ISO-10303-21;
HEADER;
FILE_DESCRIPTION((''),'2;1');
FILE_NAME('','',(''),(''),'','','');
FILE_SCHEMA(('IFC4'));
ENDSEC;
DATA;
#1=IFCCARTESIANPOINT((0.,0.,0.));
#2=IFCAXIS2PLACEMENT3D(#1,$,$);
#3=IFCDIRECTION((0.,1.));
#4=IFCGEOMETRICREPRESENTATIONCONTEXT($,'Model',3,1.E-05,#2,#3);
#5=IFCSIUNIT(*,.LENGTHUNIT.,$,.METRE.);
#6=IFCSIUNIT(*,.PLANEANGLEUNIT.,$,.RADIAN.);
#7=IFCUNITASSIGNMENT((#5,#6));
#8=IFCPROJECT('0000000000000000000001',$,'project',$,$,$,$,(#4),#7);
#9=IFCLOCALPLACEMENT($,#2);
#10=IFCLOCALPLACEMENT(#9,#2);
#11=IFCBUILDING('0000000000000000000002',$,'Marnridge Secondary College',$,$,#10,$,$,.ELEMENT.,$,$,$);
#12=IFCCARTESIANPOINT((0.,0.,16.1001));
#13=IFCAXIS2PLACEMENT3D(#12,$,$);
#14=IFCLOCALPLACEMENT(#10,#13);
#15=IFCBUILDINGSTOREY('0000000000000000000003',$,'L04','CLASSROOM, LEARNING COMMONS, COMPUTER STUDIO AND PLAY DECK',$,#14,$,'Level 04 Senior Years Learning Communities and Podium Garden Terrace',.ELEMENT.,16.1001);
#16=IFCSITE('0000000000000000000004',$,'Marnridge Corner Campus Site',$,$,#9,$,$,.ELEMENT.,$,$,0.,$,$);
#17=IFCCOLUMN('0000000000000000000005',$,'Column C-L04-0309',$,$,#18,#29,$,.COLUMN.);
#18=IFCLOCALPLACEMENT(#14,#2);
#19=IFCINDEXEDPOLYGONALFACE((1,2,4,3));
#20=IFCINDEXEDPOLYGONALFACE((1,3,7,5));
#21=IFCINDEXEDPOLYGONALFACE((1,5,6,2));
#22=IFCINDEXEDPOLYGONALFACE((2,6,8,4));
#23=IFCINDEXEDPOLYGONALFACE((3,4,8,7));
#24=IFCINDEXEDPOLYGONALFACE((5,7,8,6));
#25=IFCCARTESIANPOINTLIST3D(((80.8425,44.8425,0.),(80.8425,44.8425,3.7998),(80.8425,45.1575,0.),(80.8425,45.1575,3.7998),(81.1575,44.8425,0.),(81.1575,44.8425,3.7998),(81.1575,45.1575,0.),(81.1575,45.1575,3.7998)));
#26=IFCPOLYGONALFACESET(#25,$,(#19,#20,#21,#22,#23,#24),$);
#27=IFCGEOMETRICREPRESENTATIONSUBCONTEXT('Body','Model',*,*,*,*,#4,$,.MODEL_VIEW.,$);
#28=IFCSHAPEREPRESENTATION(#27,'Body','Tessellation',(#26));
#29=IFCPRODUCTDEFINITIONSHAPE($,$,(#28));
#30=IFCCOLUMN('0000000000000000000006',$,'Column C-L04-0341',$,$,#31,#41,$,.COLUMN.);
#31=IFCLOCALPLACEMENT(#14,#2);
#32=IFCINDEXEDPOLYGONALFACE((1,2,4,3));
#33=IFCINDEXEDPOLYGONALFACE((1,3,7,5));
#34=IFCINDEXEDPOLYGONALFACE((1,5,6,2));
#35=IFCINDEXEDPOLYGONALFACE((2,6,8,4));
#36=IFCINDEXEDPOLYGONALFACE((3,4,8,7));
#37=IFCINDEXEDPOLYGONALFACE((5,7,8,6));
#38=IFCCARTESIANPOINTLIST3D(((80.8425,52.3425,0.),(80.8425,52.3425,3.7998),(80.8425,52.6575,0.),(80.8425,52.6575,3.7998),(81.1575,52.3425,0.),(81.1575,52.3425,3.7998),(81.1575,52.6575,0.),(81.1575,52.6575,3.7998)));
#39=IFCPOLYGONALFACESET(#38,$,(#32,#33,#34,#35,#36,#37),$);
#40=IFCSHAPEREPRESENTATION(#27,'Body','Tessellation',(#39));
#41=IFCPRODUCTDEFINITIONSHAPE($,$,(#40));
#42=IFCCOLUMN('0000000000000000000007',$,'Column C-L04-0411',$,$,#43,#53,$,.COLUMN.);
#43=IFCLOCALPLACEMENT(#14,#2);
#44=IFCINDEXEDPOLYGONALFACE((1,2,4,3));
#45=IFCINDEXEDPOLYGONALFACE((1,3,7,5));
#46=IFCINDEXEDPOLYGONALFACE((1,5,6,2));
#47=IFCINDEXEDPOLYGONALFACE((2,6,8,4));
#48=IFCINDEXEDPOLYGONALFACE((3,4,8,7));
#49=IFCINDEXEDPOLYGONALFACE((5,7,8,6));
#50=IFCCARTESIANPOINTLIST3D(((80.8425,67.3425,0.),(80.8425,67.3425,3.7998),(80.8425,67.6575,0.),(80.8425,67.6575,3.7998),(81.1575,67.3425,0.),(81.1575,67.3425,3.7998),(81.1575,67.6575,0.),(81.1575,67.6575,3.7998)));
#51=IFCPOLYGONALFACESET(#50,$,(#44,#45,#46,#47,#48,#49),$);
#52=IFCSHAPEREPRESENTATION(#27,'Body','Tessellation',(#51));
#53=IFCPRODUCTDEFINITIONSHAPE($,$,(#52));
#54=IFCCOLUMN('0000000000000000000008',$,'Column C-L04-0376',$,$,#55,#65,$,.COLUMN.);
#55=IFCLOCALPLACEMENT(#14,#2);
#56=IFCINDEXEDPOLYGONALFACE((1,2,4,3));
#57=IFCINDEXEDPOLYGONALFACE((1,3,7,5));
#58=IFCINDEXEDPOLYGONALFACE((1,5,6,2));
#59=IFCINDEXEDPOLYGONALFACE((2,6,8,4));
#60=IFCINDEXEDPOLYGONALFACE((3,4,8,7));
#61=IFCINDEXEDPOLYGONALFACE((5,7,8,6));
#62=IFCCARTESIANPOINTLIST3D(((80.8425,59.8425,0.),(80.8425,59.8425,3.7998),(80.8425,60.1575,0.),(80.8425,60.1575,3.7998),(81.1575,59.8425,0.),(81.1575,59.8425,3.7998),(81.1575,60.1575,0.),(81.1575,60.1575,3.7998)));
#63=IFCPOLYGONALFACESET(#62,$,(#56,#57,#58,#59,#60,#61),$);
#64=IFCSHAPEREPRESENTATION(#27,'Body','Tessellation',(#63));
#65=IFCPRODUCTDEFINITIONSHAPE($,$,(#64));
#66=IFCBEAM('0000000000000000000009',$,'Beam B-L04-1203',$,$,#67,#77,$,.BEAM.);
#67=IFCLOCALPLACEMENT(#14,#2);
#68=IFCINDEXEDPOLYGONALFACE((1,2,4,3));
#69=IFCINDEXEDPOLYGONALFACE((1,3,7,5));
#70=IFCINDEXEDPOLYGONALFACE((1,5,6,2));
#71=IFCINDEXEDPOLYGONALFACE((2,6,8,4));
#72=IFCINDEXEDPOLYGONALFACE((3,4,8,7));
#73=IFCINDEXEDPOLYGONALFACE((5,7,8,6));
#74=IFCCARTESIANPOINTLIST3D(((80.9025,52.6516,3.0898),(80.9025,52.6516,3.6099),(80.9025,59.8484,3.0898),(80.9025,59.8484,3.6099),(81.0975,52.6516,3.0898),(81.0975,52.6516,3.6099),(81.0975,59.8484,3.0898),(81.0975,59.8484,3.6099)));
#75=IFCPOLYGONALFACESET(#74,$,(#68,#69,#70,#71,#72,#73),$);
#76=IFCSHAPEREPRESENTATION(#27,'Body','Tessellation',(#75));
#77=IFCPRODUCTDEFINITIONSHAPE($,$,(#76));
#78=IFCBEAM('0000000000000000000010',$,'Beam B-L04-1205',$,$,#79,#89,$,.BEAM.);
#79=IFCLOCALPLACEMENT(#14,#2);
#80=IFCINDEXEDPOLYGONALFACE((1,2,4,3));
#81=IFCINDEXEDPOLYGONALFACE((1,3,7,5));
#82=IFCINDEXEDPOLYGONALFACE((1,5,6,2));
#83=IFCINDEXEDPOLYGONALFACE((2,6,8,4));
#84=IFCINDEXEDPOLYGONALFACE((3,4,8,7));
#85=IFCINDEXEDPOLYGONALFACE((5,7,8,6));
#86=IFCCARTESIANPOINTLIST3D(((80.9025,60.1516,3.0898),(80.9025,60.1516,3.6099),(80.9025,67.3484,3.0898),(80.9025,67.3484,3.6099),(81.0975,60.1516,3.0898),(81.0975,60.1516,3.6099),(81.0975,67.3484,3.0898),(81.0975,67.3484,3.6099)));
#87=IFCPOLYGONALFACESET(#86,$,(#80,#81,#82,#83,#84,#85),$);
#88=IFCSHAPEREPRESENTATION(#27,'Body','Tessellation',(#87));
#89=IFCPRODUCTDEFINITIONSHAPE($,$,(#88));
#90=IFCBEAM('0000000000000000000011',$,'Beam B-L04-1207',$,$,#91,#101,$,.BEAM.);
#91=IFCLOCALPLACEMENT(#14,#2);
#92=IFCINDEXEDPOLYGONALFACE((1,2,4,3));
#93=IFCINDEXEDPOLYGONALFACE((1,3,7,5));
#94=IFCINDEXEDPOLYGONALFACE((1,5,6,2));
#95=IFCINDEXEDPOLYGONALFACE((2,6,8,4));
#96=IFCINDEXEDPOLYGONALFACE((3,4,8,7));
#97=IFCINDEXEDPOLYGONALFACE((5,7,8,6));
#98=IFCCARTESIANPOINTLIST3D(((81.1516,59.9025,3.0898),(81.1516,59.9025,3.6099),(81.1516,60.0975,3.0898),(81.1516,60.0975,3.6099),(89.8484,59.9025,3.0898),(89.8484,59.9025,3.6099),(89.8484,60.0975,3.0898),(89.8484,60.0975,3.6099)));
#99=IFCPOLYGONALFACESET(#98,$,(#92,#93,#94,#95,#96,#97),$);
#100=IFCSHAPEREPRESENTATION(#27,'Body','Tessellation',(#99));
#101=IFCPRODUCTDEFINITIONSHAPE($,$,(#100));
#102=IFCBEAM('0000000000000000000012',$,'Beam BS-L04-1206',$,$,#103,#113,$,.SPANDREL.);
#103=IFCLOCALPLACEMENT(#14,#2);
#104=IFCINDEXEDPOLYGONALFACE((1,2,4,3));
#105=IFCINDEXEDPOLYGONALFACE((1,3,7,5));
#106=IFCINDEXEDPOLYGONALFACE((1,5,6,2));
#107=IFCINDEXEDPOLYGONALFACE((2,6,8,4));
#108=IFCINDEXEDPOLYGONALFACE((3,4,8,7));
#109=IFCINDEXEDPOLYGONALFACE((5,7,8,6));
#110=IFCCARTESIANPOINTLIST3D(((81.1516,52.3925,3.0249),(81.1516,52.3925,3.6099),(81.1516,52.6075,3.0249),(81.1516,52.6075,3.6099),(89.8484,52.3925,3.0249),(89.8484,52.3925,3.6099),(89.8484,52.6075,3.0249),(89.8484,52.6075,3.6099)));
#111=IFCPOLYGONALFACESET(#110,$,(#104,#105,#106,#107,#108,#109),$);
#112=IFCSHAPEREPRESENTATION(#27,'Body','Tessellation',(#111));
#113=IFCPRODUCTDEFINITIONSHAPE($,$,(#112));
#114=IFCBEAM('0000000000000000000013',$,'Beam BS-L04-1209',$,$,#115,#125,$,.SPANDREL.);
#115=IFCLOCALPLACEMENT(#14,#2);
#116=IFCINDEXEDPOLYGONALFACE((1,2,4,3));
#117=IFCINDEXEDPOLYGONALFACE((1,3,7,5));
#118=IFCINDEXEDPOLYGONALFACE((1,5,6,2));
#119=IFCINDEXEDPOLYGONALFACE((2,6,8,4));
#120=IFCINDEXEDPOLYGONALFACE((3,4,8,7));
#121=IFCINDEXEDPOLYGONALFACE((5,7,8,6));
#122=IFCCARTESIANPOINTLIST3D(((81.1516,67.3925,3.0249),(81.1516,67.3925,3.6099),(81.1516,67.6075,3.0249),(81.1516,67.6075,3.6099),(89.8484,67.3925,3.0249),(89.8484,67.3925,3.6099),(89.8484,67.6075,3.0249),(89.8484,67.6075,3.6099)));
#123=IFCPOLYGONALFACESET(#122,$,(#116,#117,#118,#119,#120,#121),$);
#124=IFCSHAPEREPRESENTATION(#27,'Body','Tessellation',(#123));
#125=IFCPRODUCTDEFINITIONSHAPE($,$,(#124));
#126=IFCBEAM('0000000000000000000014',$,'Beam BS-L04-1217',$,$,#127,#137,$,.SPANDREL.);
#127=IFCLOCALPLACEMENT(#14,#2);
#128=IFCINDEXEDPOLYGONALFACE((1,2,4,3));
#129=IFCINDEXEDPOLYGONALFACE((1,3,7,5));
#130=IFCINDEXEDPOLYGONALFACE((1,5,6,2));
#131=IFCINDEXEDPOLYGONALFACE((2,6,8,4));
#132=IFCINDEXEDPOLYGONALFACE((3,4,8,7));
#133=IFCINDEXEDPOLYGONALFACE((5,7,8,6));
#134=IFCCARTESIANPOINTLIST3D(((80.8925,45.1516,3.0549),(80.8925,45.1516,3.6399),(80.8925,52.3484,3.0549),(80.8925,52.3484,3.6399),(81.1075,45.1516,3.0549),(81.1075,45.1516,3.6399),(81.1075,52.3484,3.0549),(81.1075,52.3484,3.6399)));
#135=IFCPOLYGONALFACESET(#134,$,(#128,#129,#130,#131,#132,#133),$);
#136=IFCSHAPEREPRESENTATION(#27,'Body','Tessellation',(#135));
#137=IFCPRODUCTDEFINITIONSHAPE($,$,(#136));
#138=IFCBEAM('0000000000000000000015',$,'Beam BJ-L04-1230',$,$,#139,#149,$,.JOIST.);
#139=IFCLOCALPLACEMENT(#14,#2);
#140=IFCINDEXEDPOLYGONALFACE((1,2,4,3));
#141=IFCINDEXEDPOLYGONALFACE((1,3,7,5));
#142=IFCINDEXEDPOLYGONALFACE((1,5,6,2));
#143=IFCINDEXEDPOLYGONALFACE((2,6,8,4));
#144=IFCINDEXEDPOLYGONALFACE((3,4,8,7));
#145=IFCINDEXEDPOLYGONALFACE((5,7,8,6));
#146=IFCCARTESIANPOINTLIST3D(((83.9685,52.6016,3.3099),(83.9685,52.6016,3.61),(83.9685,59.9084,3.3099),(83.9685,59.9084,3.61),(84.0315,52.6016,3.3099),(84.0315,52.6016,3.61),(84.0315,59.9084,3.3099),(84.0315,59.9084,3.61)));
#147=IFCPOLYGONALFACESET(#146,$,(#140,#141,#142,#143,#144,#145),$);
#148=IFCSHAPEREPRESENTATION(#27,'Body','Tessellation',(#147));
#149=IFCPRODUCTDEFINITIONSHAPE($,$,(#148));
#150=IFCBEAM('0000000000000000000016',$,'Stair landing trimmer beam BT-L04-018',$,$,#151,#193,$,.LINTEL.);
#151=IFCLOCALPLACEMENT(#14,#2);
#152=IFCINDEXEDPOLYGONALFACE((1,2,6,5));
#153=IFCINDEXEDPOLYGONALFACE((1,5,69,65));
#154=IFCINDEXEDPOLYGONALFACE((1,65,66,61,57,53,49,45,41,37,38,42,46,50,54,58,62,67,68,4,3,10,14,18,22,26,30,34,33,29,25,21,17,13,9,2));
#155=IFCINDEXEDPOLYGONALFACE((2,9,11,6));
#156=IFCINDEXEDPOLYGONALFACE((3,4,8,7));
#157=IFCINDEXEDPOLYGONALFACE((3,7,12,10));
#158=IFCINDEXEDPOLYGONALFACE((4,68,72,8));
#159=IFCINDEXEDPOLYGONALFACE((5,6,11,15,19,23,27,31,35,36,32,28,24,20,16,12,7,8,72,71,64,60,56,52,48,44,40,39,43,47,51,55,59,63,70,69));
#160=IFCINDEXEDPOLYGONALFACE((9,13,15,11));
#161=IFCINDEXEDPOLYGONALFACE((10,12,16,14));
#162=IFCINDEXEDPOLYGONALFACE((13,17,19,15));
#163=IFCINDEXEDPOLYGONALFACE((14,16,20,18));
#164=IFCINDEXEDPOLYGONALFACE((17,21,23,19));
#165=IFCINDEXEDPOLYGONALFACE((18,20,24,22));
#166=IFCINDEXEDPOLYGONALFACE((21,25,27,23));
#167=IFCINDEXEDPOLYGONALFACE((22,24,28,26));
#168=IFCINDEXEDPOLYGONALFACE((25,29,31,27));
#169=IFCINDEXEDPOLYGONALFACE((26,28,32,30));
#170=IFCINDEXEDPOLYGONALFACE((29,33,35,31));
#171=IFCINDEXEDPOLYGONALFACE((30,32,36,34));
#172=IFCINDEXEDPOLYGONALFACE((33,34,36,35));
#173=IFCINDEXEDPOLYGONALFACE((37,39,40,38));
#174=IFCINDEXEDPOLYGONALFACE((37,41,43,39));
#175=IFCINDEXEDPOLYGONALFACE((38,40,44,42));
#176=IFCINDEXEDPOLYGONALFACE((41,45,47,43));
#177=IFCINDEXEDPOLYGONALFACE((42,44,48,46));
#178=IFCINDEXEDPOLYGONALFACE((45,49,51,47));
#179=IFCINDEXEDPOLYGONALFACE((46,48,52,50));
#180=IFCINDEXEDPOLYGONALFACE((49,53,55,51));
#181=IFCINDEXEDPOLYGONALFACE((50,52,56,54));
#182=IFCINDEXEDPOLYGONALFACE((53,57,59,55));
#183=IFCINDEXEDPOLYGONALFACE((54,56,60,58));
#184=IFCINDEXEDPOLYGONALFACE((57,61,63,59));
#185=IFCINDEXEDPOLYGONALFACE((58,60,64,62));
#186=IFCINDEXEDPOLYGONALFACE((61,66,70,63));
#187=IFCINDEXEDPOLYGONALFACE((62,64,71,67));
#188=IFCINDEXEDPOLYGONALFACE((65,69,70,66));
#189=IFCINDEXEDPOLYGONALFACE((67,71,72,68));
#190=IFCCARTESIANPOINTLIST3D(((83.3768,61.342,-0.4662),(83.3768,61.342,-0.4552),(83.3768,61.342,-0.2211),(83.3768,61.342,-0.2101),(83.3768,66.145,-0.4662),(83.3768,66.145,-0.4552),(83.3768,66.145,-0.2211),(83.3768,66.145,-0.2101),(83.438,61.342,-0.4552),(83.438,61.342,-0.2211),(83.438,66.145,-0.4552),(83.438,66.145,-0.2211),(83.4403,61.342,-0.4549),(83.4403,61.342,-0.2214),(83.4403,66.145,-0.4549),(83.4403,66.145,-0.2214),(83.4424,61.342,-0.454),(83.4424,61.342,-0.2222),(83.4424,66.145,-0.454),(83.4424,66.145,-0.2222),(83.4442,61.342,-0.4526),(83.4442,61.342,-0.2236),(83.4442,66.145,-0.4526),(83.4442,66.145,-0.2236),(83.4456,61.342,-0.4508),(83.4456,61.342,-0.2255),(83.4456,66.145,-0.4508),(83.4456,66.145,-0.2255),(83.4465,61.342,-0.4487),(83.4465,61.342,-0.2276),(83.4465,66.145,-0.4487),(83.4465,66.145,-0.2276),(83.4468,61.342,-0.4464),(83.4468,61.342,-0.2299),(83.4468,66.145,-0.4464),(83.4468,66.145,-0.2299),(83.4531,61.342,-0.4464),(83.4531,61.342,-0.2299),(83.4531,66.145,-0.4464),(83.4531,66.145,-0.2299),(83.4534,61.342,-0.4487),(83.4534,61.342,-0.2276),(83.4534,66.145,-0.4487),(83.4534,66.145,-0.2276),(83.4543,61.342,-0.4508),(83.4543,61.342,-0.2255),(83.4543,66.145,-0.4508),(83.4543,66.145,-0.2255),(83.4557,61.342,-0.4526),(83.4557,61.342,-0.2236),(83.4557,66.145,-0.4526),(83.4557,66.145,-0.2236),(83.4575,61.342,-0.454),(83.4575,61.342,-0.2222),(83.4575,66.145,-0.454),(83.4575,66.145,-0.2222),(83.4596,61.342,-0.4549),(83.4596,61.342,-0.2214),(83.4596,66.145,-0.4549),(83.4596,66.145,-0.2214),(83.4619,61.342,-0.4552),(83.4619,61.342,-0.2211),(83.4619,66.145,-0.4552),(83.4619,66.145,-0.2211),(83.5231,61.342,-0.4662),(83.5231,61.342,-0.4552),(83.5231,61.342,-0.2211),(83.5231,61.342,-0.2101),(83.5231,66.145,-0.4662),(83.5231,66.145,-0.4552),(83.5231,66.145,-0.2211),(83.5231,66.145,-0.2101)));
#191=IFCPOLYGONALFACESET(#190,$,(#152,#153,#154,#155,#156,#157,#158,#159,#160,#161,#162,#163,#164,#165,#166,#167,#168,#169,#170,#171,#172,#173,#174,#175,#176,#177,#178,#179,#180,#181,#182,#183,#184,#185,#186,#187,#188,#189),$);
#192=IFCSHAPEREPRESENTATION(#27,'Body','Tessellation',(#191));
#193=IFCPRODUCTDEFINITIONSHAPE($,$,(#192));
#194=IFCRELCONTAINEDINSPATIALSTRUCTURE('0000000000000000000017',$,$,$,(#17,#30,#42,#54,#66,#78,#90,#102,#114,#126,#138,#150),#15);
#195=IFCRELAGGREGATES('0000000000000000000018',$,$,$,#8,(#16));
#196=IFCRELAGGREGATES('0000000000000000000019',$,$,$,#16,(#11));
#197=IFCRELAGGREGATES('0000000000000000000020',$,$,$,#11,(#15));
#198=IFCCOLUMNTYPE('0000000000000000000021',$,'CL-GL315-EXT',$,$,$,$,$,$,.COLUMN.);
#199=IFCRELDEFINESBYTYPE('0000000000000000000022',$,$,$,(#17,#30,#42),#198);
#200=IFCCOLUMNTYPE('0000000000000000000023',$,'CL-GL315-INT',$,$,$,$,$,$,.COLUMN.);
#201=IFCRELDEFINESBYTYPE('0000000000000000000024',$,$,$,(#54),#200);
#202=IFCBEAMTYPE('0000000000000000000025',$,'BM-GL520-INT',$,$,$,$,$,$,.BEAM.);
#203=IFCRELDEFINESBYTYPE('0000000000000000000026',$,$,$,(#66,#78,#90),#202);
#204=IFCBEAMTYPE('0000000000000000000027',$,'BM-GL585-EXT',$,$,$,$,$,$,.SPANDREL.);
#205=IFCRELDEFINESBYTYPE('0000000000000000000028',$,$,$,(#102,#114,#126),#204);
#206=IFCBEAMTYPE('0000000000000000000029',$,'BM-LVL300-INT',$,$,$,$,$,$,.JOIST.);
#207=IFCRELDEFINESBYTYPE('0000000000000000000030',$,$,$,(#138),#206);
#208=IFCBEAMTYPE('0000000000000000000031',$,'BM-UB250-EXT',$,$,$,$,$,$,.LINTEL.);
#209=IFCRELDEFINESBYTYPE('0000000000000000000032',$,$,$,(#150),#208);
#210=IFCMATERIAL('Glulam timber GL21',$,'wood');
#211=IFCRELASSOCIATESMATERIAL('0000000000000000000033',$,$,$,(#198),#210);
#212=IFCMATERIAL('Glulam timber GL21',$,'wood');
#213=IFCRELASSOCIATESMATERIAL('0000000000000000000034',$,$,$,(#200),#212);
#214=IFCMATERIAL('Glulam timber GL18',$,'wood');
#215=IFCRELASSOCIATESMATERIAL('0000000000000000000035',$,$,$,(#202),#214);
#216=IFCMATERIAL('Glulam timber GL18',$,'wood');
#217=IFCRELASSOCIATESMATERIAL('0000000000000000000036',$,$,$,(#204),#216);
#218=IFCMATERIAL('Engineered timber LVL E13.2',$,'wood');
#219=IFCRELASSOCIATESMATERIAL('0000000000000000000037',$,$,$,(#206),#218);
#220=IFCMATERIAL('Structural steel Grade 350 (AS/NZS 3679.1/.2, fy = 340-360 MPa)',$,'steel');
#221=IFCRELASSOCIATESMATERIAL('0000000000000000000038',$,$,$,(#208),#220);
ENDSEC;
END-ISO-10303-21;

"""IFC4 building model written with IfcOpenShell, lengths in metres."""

from ifc_helpers import new_model, si_unit, direction, frame, origin, origin_2d, place, context, subcontext, project, spatial, rectangle, i_section, extrude, material, material_profile, profile_set, type_object, element, save


model = new_model("IFC4")

# Units and contexts
model_context = context("Model", 3, precision=1e-05, world=origin(), true_north=direction((0.0, 1.0)))
body_context = subcontext(model_context, "Body", "Model", "MODEL_VIEW")
ifc_project = project(units=[si_unit("LENGTHUNIT", "METRE"), si_unit("PLANEANGLEUNIT", "RADIAN")], contexts=[model_context])

# Site, building, storey
site_placement = place(None, origin())
site = spatial("IfcSite", under=ifc_project, at=site_placement, Name="Marnridge Corner Campus Site", CompositionType="ELEMENT", RefElevation=0.0)
building_placement = place(site_placement, origin())
building = spatial("IfcBuilding", under=site, at=building_placement, Name="Marnridge Secondary College", CompositionType="ELEMENT")
storey_placement = place(building_placement, frame((0.0, 0.0, 16.1001)))
storey = spatial("IfcBuildingStorey", under=building, at=storey_placement, Name="L04", Description="CLASSROOM, LEARNING COMMONS, COMPUTER STUDIO AND PLAY DECK", LongName="Level 04 Senior Years Learning Communities and Podium Garden Terrace", CompositionType="ELEMENT", Elevation=16.1001)

# Columns
ifc_material_1 = material(Name="Glulam timber GL21", Category="wood")
ifc_material_profile_1 = material_profile(ifc_material_1, rectangle(XDim=0.3149, YDim=0.3149, at=origin_2d()), Name="GL21 315x315")
ifc_profile_set_1 = profile_set([ifc_material_profile_1], Name="Glulam timber GL21")
column_type_1 = type_object("IfcColumnType", Name="CL-GL315-EXT", PredefinedType="COLUMN", material=ifc_profile_set_1)
for number, where, z_axis, x_axis, name in (
    (1, (81.0, 45.0, 0.0), (0.0, 0.0, 1.0), (1.0, 0.0, 0.0), "Column C-L04-0309"),
    (2, (81.0, 52.5, 0.0), (0.0, 0.0, 1.0), (1.0, 0.0, 0.0), "Column C-L04-0341"),
    (3, (81.0, 67.5, 0.0), (0.0, 0.0, 1.0), (1.0, 0.0, 0.0), "Column C-L04-0411"),
):
    element("IfcColumn", number, at=place(storey_placement, frame(where, z_axis=z_axis, x_axis=x_axis)), inside=storey, type_object=column_type_1, Name=name, PredefinedType="COLUMN", context=body_context, shape_type="SweptSolid", body=[
        extrude(rectangle(XDim=0.3149, YDim=0.3149, at=origin_2d()), origin(), (0.0, 0.0, 1.0), 3.7998),
    ])
ifc_material_2 = material(Name="Glulam timber GL21", Category="wood")
ifc_material_profile_2 = material_profile(ifc_material_2, rectangle(XDim=0.3149, YDim=0.3149, at=origin_2d()), Name="GL21 315x315")
ifc_profile_set_2 = profile_set([ifc_material_profile_2], Name="Glulam timber GL21")
column_type_2 = type_object("IfcColumnType", Name="CL-GL315-INT", PredefinedType="COLUMN", material=ifc_profile_set_2)
column_placement = place(storey_placement, frame((81.0, 60.0, 0.0), z_axis=(0.0, 0.0, 1.0), x_axis=(1.0, 0.0, 0.0)))
element("IfcColumn", 4, at=column_placement, inside=storey, type_object=column_type_2, Name="Column C-L04-0376", PredefinedType="COLUMN", context=body_context, shape_type="SweptSolid", body=[
    extrude(rectangle(XDim=0.3149, YDim=0.3149, at=origin_2d()), origin(), (0.0, 0.0, 1.0), 3.7998),
])

# Beams
ifc_material_3 = material(Name="Glulam timber GL18", Category="wood")
ifc_material_profile_3 = material_profile(ifc_material_3, rectangle(XDim=0.1951, YDim=0.52, at=origin_2d()), Name="GL18 195x520")
ifc_profile_set_3 = profile_set([ifc_material_profile_3], Name="Glulam timber GL18")
beam_type_1 = type_object("IfcBeamType", Name="BM-GL520-INT", PredefinedType="BEAM", material=ifc_profile_set_3)
for number, where, z_axis, x_axis, name in (
    (5, (81.0, 52.6516, 3.3499), (0.0, 1.0, 0.0), (-1.0, 0.0, 0.0), "Beam B-L04-1203"),
    (6, (81.0, 60.1516, 3.3499), (0.0, 1.0, 0.0), (-1.0, 0.0, 0.0), "Beam B-L04-1205"),
):
    element("IfcBeam", number, at=place(storey_placement, frame(where, z_axis=z_axis, x_axis=x_axis)), inside=storey, type_object=beam_type_1, Name=name, PredefinedType="BEAM", context=body_context, shape_type="SweptSolid", body=[
        extrude(rectangle(XDim=0.1951, YDim=0.52, at=origin_2d()), origin(), (0.0, 0.0, 1.0), 7.1968),
    ])
beam_1_placement = place(storey_placement, frame((81.1516, 60.0, 3.3499), z_axis=(1.0, 0.0, 0.0), x_axis=(0.0, 1.0, 0.0)))
element("IfcBeam", 7, at=beam_1_placement, inside=storey, type_object=beam_type_1, Name="Beam B-L04-1207", PredefinedType="BEAM", context=body_context, shape_type="SweptSolid", body=[
    extrude(rectangle(XDim=0.1951, YDim=0.52, at=origin_2d()), origin(), (0.0, 0.0, 1.0), 8.6968),
])
ifc_material_4 = material(Name="Glulam timber GL18", Category="wood")
ifc_material_profile_4 = material_profile(ifc_material_4, rectangle(XDim=0.2151, YDim=0.585, at=origin_2d()), Name="GL18 215x585")
ifc_profile_set_4 = profile_set([ifc_material_profile_4], Name="Glulam timber GL18")
beam_type_2 = type_object("IfcBeamType", Name="BM-GL585-EXT", PredefinedType="SPANDREL", material=ifc_profile_set_4)
for number, where, z_axis, x_axis, name in (
    (8, (81.1516, 52.5, 3.3174), (1.0, 0.0, 0.0), (0.0, 1.0, 0.0), "Beam BS-L04-1206"),
    (9, (81.1516, 67.5, 3.3174), (1.0, 0.0, 0.0), (0.0, 1.0, 0.0), "Beam BS-L04-1209"),
):
    element("IfcBeam", number, at=place(storey_placement, frame(where, z_axis=z_axis, x_axis=x_axis)), inside=storey, type_object=beam_type_2, Name=name, PredefinedType="SPANDREL", context=body_context, shape_type="SweptSolid", body=[
        extrude(rectangle(XDim=0.2151, YDim=0.585, at=origin_2d()), origin(), (0.0, 0.0, 1.0), 8.6968),
    ])
beam_2_placement = place(storey_placement, frame((81.0, 45.1516, 3.3474), z_axis=(0.0, 1.0, 0.0), x_axis=(-1.0, 0.0, 0.0)))
element("IfcBeam", 10, at=beam_2_placement, inside=storey, type_object=beam_type_2, Name="Beam BS-L04-1217", PredefinedType="SPANDREL", context=body_context, shape_type="SweptSolid", body=[
    extrude(rectangle(XDim=0.2151, YDim=0.585, at=origin_2d()), origin(), (0.0, 0.0, 1.0), 7.1968),
])
ifc_material_5 = material(Name="Engineered timber LVL E13.2", Category="wood")
ifc_material_profile_5 = material_profile(ifc_material_5, rectangle(XDim=0.063, YDim=0.3, at=origin_2d()), Name="LVL 63x300")
ifc_profile_set_5 = profile_set([ifc_material_profile_5], Name="Engineered timber LVL E13.2")
beam_type_3 = type_object("IfcBeamType", Name="BM-LVL300-INT", PredefinedType="JOIST", material=ifc_profile_set_5)
beam_3_placement = place(storey_placement, frame((84.0, 52.6016, 3.46), z_axis=(0.0, 1.0, 0.0), x_axis=(-1.0, 0.0, 0.0)))
element("IfcBeam", 11, at=beam_3_placement, inside=storey, type_object=beam_type_3, Name="Beam BJ-L04-1230", PredefinedType="JOIST", context=body_context, shape_type="SweptSolid", body=[
    extrude(rectangle(XDim=0.063, YDim=0.3, at=origin_2d()), origin(), (0.0, 0.0, 1.0), 7.3069),
])
ifc_material_6 = material(Name="Structural steel Grade 350 (AS/NZS 3679.1/.2, fy = 340-360 MPa)", Category="steel")
ifc_material_profile_6 = material_profile(ifc_material_6, i_section(OverallWidth=0.1462, OverallDepth=0.2561, WebThickness=0.0063, FlangeThickness=0.011, FilletRadius=0.0088, at=origin_2d()), Name="250UB37.3")
ifc_profile_set_6 = profile_set([ifc_material_profile_6], Name="Structural steel Grade 350 (AS/NZS 3679.1/.2, fy = 340-360 MPa)")
beam_type_4 = type_object("IfcBeamType", Name="BM-UB250-EXT", PredefinedType="LINTEL", material=ifc_profile_set_6)
beam_4_placement = place(storey_placement, frame((83.45, 61.342, -0.3381), z_axis=(0.0, 1.0, 0.0), x_axis=(-1.0, 0.0, 0.0)))
element("IfcBeam", 12, at=beam_4_placement, inside=storey, type_object=beam_type_4, Name="Stair landing trimmer beam BT-L04-018", PredefinedType="LINTEL", context=body_context, shape_type="SweptSolid", body=[
    extrude(i_section(OverallWidth=0.1462, OverallDepth=0.2561, WebThickness=0.0063, FlangeThickness=0.011, FilletRadius=0.0088, at=origin_2d()), origin(), (0.0, 0.0, 1.0), 4.803),
])

save(model, "model.ifc")
